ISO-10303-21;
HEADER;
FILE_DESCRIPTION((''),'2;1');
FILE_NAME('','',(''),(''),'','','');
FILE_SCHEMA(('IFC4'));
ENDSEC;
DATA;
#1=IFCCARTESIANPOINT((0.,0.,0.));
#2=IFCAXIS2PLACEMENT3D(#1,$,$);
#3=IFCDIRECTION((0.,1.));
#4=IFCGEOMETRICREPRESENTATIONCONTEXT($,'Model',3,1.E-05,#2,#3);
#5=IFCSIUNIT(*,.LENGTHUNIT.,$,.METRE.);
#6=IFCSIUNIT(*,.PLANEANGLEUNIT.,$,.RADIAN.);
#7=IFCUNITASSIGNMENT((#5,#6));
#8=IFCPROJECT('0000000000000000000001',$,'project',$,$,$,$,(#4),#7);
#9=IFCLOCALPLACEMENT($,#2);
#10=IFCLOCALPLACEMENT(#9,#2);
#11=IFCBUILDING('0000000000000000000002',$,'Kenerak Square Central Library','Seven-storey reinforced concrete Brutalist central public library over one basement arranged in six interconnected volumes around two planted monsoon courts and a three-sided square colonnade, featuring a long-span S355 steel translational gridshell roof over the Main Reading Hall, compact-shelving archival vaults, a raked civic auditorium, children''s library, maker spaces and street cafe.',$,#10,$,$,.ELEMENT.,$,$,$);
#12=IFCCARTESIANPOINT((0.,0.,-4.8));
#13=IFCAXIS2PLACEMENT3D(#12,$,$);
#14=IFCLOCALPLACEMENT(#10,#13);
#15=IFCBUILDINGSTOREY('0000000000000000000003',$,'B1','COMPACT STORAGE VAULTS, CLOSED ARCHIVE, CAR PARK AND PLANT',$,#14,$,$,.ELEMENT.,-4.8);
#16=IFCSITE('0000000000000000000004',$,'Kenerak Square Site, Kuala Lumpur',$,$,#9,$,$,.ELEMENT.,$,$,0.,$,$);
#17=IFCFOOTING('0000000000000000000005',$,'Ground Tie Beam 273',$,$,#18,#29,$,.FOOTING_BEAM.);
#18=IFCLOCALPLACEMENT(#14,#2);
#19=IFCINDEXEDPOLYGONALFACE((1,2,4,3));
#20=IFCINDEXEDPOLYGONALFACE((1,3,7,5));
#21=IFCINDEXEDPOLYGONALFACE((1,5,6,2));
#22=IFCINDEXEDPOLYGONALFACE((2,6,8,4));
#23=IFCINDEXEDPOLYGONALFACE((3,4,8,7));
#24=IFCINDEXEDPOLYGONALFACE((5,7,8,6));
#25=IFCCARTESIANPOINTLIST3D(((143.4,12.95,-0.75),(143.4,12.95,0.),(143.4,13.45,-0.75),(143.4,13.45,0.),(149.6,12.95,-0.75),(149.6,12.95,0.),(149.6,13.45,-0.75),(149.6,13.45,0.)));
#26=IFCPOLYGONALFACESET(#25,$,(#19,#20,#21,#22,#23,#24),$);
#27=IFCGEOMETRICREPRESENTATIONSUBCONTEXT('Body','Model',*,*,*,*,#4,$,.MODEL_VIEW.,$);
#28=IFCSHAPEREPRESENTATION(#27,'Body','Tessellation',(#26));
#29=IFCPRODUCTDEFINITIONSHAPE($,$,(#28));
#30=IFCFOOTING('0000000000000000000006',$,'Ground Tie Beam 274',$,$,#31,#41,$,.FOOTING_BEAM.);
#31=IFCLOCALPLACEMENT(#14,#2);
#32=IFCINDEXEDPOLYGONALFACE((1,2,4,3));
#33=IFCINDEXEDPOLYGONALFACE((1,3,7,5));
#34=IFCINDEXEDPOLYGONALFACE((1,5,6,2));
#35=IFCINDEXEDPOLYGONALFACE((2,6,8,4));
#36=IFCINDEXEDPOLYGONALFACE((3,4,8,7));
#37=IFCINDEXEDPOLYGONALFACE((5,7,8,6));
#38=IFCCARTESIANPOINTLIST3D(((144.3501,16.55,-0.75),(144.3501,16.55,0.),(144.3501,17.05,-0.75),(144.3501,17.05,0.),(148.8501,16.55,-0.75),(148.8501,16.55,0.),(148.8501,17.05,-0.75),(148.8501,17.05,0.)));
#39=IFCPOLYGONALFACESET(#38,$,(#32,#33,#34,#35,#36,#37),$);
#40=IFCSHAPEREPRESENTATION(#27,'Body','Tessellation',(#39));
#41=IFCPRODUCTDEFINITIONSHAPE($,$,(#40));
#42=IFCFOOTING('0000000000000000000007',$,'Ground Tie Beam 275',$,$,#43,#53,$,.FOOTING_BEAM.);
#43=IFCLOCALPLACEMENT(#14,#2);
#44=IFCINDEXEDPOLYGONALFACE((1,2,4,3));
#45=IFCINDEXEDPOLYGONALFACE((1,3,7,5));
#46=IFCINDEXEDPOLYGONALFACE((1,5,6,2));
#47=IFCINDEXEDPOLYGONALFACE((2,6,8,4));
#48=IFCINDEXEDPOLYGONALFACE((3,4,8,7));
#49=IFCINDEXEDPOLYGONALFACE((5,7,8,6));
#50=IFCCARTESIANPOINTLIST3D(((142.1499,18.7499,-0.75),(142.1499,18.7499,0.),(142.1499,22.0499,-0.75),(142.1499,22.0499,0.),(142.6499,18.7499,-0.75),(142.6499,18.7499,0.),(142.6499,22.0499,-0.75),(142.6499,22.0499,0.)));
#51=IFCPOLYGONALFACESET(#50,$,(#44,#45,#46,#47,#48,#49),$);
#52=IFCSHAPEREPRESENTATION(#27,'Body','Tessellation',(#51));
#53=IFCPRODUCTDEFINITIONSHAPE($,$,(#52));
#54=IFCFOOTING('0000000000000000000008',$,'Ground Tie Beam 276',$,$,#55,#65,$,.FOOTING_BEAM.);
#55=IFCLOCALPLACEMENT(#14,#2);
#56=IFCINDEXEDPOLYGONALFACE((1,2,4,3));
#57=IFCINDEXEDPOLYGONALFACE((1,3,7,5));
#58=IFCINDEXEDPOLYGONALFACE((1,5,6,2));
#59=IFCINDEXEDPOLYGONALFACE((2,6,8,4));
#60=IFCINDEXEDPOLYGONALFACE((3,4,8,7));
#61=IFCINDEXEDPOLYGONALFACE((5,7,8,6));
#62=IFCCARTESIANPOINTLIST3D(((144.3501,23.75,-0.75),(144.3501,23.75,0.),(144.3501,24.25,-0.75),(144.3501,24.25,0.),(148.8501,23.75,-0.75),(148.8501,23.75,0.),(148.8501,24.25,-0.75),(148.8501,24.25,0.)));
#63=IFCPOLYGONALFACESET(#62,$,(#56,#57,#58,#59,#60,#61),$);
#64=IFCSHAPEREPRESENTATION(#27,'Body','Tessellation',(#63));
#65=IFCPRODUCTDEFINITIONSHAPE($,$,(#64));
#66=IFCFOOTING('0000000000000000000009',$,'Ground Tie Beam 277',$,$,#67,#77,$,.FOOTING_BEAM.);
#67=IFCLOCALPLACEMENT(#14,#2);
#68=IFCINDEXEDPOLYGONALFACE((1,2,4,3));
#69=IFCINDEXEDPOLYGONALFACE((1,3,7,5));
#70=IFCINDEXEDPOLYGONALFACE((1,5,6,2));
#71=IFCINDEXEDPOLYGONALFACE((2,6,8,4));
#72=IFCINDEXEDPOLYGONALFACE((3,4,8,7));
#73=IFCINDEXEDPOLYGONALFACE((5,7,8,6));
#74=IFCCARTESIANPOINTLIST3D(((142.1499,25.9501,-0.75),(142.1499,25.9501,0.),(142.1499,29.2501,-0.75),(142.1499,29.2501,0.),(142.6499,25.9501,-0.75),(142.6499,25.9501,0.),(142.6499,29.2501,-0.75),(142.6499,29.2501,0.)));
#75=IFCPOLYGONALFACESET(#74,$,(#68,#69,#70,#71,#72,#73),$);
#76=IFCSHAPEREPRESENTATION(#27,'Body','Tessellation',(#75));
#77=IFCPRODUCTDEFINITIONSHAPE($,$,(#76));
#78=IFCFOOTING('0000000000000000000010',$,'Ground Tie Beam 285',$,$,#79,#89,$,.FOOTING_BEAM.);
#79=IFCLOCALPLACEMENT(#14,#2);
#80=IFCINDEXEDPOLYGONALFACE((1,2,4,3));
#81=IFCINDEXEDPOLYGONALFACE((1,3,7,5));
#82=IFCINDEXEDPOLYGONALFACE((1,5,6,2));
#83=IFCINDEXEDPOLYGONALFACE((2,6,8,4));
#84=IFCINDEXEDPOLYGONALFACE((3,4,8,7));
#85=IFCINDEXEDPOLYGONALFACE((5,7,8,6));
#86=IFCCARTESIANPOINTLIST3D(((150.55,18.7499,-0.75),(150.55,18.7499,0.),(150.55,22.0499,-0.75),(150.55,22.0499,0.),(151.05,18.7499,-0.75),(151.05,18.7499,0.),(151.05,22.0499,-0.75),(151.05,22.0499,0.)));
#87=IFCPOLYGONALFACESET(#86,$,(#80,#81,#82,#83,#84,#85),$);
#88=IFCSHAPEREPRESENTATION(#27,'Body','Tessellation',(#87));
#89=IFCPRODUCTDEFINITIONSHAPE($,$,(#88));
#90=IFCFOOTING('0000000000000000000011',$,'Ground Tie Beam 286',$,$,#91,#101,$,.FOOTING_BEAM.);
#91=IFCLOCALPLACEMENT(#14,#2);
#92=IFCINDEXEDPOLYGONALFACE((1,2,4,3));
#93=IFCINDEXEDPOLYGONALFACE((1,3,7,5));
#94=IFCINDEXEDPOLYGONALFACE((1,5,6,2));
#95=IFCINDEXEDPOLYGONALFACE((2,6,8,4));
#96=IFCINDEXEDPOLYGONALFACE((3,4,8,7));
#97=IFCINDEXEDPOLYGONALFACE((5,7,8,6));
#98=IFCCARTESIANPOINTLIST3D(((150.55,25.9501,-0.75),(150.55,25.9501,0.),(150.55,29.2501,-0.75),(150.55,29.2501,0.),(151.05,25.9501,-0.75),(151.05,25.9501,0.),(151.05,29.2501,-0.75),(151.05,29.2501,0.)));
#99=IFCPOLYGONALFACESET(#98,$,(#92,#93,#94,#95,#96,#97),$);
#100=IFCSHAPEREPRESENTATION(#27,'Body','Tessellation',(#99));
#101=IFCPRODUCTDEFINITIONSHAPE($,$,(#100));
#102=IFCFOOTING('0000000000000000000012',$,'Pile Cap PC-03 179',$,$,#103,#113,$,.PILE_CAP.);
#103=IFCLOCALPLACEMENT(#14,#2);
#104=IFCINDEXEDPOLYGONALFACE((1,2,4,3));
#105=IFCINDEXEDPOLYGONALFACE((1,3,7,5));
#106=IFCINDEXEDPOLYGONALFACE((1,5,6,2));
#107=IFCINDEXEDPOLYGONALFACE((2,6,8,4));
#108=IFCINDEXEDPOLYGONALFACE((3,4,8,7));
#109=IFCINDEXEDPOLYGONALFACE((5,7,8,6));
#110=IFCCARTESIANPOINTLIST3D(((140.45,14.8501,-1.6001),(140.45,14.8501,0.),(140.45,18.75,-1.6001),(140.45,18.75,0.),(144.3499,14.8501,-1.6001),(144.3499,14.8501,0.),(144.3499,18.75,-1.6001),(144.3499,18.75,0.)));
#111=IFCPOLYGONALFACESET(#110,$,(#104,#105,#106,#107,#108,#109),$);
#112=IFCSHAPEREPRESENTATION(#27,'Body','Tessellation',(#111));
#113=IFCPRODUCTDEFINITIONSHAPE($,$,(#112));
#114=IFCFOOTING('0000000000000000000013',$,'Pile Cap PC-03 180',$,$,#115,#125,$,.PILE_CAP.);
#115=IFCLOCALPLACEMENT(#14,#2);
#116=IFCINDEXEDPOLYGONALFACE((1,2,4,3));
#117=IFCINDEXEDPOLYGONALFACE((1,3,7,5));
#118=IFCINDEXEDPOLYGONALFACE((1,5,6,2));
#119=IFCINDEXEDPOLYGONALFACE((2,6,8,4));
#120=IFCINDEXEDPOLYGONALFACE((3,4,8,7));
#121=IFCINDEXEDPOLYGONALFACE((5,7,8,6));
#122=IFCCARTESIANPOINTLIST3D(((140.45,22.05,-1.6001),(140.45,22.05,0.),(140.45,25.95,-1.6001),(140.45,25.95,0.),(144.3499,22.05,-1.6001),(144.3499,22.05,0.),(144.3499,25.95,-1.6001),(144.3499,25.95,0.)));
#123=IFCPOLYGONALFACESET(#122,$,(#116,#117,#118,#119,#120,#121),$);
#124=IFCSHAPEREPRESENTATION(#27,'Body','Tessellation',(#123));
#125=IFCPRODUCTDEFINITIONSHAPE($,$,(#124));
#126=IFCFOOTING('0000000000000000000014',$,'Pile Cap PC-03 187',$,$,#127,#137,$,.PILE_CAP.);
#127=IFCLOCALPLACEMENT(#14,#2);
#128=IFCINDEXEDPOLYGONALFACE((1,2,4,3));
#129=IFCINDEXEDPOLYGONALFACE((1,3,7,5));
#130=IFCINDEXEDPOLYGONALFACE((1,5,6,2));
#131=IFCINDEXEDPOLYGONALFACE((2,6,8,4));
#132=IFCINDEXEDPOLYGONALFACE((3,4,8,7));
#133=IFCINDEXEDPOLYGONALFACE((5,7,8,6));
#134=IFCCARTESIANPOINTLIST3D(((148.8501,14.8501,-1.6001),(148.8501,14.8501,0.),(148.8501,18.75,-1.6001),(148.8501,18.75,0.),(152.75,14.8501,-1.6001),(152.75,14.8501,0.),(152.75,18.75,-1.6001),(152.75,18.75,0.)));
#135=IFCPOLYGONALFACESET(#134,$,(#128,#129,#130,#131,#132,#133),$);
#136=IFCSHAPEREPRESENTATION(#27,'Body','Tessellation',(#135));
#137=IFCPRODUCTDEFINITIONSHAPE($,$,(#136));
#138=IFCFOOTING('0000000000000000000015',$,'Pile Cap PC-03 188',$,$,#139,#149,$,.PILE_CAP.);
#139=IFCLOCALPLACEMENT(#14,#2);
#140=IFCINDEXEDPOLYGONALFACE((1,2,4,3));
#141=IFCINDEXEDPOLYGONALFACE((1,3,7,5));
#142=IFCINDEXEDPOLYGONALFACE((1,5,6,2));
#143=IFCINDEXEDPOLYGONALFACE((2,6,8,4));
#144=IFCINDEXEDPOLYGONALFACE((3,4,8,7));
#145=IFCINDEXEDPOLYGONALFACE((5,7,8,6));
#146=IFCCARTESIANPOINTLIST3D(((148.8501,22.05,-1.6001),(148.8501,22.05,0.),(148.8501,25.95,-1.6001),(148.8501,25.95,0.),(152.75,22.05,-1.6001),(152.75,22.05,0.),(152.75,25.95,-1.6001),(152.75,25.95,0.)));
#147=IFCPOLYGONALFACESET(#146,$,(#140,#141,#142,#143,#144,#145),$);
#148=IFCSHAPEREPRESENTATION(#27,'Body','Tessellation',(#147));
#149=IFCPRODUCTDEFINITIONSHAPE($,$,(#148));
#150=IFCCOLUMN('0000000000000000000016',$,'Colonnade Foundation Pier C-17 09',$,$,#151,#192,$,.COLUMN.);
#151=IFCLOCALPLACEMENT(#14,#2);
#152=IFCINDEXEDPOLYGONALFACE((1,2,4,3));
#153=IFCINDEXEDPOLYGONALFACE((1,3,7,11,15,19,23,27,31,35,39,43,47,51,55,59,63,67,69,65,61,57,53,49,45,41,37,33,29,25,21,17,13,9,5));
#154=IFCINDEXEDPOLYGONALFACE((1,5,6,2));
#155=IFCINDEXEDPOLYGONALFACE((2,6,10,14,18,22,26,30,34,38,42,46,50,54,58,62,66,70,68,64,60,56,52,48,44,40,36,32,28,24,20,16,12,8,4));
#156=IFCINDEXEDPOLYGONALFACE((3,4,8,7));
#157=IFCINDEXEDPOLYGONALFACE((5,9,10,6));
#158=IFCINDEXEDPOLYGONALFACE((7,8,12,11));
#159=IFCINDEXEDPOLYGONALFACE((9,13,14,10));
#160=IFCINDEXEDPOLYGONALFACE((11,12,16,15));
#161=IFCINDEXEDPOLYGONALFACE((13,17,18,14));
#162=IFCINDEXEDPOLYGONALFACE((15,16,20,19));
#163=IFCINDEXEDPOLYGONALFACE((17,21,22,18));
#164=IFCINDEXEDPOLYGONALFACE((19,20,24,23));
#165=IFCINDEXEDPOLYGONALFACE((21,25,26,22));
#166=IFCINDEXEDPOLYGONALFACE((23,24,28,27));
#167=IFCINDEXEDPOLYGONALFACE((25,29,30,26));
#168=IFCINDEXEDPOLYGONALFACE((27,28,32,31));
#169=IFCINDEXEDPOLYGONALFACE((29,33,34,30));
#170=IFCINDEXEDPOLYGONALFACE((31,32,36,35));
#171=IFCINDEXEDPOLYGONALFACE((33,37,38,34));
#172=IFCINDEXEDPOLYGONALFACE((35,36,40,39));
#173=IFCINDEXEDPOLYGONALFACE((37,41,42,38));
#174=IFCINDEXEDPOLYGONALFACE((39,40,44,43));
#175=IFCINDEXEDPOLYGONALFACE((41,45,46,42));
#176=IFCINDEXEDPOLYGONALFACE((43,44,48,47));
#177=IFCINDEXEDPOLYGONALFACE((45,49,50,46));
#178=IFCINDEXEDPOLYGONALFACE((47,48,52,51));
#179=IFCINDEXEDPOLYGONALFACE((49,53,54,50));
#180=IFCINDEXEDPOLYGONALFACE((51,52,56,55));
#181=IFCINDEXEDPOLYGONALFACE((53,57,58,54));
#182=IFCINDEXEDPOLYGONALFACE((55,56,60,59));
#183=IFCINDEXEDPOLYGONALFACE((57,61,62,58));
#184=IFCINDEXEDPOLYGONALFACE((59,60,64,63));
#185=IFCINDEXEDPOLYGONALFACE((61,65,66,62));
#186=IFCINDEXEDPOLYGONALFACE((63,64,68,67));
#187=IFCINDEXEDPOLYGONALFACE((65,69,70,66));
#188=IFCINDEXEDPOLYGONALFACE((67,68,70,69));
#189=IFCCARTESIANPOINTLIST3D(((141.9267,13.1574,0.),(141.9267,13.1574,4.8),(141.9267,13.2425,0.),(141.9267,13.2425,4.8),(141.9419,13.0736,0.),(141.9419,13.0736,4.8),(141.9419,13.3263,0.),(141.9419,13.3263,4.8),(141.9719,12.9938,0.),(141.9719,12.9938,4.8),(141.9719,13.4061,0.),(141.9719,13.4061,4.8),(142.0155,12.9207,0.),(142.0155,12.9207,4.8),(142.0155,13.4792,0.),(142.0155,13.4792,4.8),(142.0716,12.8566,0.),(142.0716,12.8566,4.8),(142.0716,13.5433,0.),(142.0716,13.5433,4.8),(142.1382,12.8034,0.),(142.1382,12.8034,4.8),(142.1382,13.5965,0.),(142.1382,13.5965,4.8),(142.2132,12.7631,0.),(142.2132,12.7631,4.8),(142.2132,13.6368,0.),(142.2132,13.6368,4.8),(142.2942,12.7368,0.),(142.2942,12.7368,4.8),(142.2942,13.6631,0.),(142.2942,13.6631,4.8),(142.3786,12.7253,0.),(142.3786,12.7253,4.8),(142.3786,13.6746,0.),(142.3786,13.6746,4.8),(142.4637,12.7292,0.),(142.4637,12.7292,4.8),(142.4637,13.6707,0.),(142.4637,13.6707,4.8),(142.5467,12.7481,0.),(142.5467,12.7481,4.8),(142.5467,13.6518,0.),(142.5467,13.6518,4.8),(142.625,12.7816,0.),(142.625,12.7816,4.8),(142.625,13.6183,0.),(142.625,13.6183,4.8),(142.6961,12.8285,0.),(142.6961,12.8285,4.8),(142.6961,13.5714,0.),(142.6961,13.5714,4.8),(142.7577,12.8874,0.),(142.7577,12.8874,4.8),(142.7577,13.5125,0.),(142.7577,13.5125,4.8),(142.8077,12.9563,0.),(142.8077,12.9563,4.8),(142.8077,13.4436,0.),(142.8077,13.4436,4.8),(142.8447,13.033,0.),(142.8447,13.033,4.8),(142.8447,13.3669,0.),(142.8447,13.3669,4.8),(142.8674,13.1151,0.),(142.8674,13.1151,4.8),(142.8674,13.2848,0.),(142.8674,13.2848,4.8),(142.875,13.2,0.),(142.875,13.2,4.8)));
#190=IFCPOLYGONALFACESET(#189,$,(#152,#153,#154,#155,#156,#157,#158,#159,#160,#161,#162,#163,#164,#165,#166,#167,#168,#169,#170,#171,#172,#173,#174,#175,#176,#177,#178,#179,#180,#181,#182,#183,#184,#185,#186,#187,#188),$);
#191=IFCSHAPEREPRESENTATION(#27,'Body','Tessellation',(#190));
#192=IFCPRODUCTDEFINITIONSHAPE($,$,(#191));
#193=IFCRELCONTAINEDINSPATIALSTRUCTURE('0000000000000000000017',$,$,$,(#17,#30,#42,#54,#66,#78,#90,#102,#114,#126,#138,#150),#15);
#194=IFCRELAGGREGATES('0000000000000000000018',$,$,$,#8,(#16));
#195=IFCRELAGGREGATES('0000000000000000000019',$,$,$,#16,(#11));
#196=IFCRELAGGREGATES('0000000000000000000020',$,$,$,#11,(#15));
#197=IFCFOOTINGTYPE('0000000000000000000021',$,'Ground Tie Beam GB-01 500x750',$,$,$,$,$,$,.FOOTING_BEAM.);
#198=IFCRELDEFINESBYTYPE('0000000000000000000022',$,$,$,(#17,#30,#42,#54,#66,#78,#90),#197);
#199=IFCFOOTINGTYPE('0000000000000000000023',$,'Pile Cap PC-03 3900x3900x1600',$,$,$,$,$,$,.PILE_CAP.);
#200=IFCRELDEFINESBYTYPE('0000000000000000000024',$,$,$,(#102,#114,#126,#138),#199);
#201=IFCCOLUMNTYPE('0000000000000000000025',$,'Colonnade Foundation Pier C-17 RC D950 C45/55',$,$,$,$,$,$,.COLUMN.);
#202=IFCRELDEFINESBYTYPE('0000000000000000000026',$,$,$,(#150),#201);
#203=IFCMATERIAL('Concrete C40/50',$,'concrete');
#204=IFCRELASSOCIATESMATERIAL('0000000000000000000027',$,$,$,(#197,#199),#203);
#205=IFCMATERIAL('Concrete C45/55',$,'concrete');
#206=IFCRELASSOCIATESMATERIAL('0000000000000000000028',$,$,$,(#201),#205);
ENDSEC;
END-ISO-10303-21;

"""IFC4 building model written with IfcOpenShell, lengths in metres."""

from ifc_helpers import new_model, si_unit, direction, frame, origin, origin_2d, place, context, subcontext, project, spatial, rectangle, circle, extrude, material, material_profile, profile_set, type_object, element, save


model = new_model("IFC4")

# Units and contexts
model_context = context("Model", 3, precision=1e-05, world=origin(), true_north=direction((0.0, 1.0)))
body_context = subcontext(model_context, "Body", "Model", "MODEL_VIEW")
ifc_project = project(units=[si_unit("LENGTHUNIT", "METRE"), si_unit("PLANEANGLEUNIT", "RADIAN")], contexts=[model_context])

# Site, building, storey
site_placement = place(None, origin())
site = spatial("IfcSite", under=ifc_project, at=site_placement, Name="Kenerak Square Site, Kuala Lumpur", CompositionType="ELEMENT", RefElevation=0.0)
building_placement = place(site_placement, origin())
building = spatial("IfcBuilding", under=site, at=building_placement, Name="Kenerak Square Central Library", Description="Seven-storey reinforced concrete Brutalist central public library over one basement arranged in six interconnected volumes around two planted monsoon courts and a three-sided square colonnade, featuring a long-span S355 steel translational gridshell roof over the Main Reading Hall, compact-shelving archival vaults, a raked civic auditorium, children's library, maker spaces and street cafe.", CompositionType="ELEMENT")
storey_placement = place(building_placement, frame((0.0, 0.0, -4.8)))
storey = spatial("IfcBuildingStorey", under=building, at=storey_placement, Name="B1", Description="COMPACT STORAGE VAULTS, CLOSED ARCHIVE, CAR PARK AND PLANT", CompositionType="ELEMENT", Elevation=-4.8)

# Shared definitions
ifc_material_1 = material(Name="Concrete C40/50", Category="concrete")

# Footings
footing_type_1 = type_object("IfcFootingType", Name="Ground Tie Beam GB-01 500x750", PredefinedType="FOOTING_BEAM", material=ifc_material_1)
footing_1_placement = place(storey_placement, frame((146.5, 13.2, -0.75), z_axis=(0.0, 0.0, 1.0), x_axis=(1.0, 0.0, 0.0)))
element("IfcFooting", 1, at=footing_1_placement, inside=storey, type_object=footing_type_1, Name="Ground Tie Beam 273", PredefinedType="FOOTING_BEAM", context=body_context, shape_type="SweptSolid", body=[
    extrude(rectangle(XDim=6.2, YDim=0.5, at=origin_2d()), origin(), (0.0, 0.0, 1.0), 0.75),
])
footing_2_placement = place(storey_placement, frame((146.6001, 16.8, -0.75), z_axis=(0.0, 0.0, 1.0), x_axis=(1.0, 0.0, 0.0)))
element("IfcFooting", 2, at=footing_2_placement, inside=storey, type_object=footing_type_1, Name="Ground Tie Beam 274", PredefinedType="FOOTING_BEAM", context=body_context, shape_type="SweptSolid", body=[
    extrude(rectangle(XDim=4.5, YDim=0.5, at=origin_2d()), origin(), (0.0, 0.0, 1.0), 0.75),
])
footing_3_placement = place(storey_placement, frame((142.3999, 20.3999, -0.75), z_axis=(0.0, 0.0, 1.0), x_axis=(1.0, 0.0, 0.0)))
element("IfcFooting", 3, at=footing_3_placement, inside=storey, type_object=footing_type_1, Name="Ground Tie Beam 275", PredefinedType="FOOTING_BEAM", context=body_context, shape_type="SweptSolid", body=[
    extrude(rectangle(XDim=0.5, YDim=3.3, at=origin_2d()), origin(), (0.0, 0.0, 1.0), 0.75),
])
footing_4_placement = place(storey_placement, frame((146.6001, 24.0, -0.75), z_axis=(0.0, 0.0, 1.0), x_axis=(1.0, 0.0, 0.0)))
element("IfcFooting", 4, at=footing_4_placement, inside=storey, type_object=footing_type_1, Name="Ground Tie Beam 276", PredefinedType="FOOTING_BEAM", context=body_context, shape_type="SweptSolid", body=[
    extrude(rectangle(XDim=4.5, YDim=0.5, at=origin_2d()), origin(), (0.0, 0.0, 1.0), 0.75),
])
for number, where, z_axis, x_axis, name in (
    (5, (142.3999, 27.6001, -0.75), (0.0, 0.0, 1.0), (1.0, 0.0, 0.0), "Ground Tie Beam 277"),
    (6, (150.8, 20.3999, -0.75), (0.0, 0.0, 1.0), (1.0, 0.0, 0.0), "Ground Tie Beam 285"),
    (7, (150.8, 27.6001, -0.75), (0.0, 0.0, 1.0), (1.0, 0.0, 0.0), "Ground Tie Beam 286"),
):
    element("IfcFooting", number, at=place(storey_placement, frame(where, z_axis=z_axis, x_axis=x_axis)), inside=storey, type_object=footing_type_1, Name=name, PredefinedType="FOOTING_BEAM", context=body_context, shape_type="SweptSolid", body=[
        extrude(rectangle(XDim=0.5, YDim=3.3, at=origin_2d()), origin(), (0.0, 0.0, 1.0), 0.75),
    ])
footing_type_2 = type_object("IfcFootingType", Name="Pile Cap PC-03 3900x3900x1600", PredefinedType="PILE_CAP", material=ifc_material_1)
for number, where, z_axis, x_axis, name in (
    (8, (142.3999, 16.8, -1.6001), (0.0, 0.0, 1.0), (1.0, 0.0, 0.0), "Pile Cap PC-03 179"),
    (9, (142.3999, 24.0, -1.6001), (0.0, 0.0, 1.0), (1.0, 0.0, 0.0), "Pile Cap PC-03 180"),
    (10, (150.8, 16.8, -1.6001), (0.0, 0.0, 1.0), (1.0, 0.0, 0.0), "Pile Cap PC-03 187"),
    (11, (150.8, 24.0, -1.6001), (0.0, 0.0, 1.0), (1.0, 0.0, 0.0), "Pile Cap PC-03 188"),
):
    element("IfcFooting", number, at=place(storey_placement, frame(where, z_axis=z_axis, x_axis=x_axis)), inside=storey, type_object=footing_type_2, Name=name, PredefinedType="PILE_CAP", context=body_context, shape_type="SweptSolid", body=[
        extrude(rectangle(XDim=3.8999, YDim=3.8999, at=origin_2d()), origin(), (0.0, 0.0, 1.0), 1.6001),
    ])

# Column
ifc_material_2 = material(Name="Concrete C45/55", Category="concrete")
ifc_material_profile_1 = material_profile(ifc_material_2, circle(Radius=0.4751, at=origin_2d()), Name="RC D950")
ifc_profile_set_1 = profile_set([ifc_material_profile_1], Name="Concrete C45/55")
column_type_1 = type_object("IfcColumnType", Name="Colonnade Foundation Pier C-17 RC D950 C45/55", PredefinedType="COLUMN", material=ifc_profile_set_1)
for number, where, z_axis, x_axis, name in (
    (12, (142.3999, 13.2, 0.0), (0.0, 0.0, 1.0), (1.0, 0.0, 0.0), "Colonnade Foundation Pier C-17 09"),
):
    element("IfcColumn", number, at=place(storey_placement, frame(where, z_axis=z_axis, x_axis=x_axis)), inside=storey, type_object=column_type_1, Name=name, PredefinedType="COLUMN", context=body_context, shape_type="SweptSolid", body=[
        extrude(circle(Radius=0.4751, at=origin_2d()), origin(), (0.0, 0.0, 1.0), 4.8),
    ])

save(model, "model.ifc")
